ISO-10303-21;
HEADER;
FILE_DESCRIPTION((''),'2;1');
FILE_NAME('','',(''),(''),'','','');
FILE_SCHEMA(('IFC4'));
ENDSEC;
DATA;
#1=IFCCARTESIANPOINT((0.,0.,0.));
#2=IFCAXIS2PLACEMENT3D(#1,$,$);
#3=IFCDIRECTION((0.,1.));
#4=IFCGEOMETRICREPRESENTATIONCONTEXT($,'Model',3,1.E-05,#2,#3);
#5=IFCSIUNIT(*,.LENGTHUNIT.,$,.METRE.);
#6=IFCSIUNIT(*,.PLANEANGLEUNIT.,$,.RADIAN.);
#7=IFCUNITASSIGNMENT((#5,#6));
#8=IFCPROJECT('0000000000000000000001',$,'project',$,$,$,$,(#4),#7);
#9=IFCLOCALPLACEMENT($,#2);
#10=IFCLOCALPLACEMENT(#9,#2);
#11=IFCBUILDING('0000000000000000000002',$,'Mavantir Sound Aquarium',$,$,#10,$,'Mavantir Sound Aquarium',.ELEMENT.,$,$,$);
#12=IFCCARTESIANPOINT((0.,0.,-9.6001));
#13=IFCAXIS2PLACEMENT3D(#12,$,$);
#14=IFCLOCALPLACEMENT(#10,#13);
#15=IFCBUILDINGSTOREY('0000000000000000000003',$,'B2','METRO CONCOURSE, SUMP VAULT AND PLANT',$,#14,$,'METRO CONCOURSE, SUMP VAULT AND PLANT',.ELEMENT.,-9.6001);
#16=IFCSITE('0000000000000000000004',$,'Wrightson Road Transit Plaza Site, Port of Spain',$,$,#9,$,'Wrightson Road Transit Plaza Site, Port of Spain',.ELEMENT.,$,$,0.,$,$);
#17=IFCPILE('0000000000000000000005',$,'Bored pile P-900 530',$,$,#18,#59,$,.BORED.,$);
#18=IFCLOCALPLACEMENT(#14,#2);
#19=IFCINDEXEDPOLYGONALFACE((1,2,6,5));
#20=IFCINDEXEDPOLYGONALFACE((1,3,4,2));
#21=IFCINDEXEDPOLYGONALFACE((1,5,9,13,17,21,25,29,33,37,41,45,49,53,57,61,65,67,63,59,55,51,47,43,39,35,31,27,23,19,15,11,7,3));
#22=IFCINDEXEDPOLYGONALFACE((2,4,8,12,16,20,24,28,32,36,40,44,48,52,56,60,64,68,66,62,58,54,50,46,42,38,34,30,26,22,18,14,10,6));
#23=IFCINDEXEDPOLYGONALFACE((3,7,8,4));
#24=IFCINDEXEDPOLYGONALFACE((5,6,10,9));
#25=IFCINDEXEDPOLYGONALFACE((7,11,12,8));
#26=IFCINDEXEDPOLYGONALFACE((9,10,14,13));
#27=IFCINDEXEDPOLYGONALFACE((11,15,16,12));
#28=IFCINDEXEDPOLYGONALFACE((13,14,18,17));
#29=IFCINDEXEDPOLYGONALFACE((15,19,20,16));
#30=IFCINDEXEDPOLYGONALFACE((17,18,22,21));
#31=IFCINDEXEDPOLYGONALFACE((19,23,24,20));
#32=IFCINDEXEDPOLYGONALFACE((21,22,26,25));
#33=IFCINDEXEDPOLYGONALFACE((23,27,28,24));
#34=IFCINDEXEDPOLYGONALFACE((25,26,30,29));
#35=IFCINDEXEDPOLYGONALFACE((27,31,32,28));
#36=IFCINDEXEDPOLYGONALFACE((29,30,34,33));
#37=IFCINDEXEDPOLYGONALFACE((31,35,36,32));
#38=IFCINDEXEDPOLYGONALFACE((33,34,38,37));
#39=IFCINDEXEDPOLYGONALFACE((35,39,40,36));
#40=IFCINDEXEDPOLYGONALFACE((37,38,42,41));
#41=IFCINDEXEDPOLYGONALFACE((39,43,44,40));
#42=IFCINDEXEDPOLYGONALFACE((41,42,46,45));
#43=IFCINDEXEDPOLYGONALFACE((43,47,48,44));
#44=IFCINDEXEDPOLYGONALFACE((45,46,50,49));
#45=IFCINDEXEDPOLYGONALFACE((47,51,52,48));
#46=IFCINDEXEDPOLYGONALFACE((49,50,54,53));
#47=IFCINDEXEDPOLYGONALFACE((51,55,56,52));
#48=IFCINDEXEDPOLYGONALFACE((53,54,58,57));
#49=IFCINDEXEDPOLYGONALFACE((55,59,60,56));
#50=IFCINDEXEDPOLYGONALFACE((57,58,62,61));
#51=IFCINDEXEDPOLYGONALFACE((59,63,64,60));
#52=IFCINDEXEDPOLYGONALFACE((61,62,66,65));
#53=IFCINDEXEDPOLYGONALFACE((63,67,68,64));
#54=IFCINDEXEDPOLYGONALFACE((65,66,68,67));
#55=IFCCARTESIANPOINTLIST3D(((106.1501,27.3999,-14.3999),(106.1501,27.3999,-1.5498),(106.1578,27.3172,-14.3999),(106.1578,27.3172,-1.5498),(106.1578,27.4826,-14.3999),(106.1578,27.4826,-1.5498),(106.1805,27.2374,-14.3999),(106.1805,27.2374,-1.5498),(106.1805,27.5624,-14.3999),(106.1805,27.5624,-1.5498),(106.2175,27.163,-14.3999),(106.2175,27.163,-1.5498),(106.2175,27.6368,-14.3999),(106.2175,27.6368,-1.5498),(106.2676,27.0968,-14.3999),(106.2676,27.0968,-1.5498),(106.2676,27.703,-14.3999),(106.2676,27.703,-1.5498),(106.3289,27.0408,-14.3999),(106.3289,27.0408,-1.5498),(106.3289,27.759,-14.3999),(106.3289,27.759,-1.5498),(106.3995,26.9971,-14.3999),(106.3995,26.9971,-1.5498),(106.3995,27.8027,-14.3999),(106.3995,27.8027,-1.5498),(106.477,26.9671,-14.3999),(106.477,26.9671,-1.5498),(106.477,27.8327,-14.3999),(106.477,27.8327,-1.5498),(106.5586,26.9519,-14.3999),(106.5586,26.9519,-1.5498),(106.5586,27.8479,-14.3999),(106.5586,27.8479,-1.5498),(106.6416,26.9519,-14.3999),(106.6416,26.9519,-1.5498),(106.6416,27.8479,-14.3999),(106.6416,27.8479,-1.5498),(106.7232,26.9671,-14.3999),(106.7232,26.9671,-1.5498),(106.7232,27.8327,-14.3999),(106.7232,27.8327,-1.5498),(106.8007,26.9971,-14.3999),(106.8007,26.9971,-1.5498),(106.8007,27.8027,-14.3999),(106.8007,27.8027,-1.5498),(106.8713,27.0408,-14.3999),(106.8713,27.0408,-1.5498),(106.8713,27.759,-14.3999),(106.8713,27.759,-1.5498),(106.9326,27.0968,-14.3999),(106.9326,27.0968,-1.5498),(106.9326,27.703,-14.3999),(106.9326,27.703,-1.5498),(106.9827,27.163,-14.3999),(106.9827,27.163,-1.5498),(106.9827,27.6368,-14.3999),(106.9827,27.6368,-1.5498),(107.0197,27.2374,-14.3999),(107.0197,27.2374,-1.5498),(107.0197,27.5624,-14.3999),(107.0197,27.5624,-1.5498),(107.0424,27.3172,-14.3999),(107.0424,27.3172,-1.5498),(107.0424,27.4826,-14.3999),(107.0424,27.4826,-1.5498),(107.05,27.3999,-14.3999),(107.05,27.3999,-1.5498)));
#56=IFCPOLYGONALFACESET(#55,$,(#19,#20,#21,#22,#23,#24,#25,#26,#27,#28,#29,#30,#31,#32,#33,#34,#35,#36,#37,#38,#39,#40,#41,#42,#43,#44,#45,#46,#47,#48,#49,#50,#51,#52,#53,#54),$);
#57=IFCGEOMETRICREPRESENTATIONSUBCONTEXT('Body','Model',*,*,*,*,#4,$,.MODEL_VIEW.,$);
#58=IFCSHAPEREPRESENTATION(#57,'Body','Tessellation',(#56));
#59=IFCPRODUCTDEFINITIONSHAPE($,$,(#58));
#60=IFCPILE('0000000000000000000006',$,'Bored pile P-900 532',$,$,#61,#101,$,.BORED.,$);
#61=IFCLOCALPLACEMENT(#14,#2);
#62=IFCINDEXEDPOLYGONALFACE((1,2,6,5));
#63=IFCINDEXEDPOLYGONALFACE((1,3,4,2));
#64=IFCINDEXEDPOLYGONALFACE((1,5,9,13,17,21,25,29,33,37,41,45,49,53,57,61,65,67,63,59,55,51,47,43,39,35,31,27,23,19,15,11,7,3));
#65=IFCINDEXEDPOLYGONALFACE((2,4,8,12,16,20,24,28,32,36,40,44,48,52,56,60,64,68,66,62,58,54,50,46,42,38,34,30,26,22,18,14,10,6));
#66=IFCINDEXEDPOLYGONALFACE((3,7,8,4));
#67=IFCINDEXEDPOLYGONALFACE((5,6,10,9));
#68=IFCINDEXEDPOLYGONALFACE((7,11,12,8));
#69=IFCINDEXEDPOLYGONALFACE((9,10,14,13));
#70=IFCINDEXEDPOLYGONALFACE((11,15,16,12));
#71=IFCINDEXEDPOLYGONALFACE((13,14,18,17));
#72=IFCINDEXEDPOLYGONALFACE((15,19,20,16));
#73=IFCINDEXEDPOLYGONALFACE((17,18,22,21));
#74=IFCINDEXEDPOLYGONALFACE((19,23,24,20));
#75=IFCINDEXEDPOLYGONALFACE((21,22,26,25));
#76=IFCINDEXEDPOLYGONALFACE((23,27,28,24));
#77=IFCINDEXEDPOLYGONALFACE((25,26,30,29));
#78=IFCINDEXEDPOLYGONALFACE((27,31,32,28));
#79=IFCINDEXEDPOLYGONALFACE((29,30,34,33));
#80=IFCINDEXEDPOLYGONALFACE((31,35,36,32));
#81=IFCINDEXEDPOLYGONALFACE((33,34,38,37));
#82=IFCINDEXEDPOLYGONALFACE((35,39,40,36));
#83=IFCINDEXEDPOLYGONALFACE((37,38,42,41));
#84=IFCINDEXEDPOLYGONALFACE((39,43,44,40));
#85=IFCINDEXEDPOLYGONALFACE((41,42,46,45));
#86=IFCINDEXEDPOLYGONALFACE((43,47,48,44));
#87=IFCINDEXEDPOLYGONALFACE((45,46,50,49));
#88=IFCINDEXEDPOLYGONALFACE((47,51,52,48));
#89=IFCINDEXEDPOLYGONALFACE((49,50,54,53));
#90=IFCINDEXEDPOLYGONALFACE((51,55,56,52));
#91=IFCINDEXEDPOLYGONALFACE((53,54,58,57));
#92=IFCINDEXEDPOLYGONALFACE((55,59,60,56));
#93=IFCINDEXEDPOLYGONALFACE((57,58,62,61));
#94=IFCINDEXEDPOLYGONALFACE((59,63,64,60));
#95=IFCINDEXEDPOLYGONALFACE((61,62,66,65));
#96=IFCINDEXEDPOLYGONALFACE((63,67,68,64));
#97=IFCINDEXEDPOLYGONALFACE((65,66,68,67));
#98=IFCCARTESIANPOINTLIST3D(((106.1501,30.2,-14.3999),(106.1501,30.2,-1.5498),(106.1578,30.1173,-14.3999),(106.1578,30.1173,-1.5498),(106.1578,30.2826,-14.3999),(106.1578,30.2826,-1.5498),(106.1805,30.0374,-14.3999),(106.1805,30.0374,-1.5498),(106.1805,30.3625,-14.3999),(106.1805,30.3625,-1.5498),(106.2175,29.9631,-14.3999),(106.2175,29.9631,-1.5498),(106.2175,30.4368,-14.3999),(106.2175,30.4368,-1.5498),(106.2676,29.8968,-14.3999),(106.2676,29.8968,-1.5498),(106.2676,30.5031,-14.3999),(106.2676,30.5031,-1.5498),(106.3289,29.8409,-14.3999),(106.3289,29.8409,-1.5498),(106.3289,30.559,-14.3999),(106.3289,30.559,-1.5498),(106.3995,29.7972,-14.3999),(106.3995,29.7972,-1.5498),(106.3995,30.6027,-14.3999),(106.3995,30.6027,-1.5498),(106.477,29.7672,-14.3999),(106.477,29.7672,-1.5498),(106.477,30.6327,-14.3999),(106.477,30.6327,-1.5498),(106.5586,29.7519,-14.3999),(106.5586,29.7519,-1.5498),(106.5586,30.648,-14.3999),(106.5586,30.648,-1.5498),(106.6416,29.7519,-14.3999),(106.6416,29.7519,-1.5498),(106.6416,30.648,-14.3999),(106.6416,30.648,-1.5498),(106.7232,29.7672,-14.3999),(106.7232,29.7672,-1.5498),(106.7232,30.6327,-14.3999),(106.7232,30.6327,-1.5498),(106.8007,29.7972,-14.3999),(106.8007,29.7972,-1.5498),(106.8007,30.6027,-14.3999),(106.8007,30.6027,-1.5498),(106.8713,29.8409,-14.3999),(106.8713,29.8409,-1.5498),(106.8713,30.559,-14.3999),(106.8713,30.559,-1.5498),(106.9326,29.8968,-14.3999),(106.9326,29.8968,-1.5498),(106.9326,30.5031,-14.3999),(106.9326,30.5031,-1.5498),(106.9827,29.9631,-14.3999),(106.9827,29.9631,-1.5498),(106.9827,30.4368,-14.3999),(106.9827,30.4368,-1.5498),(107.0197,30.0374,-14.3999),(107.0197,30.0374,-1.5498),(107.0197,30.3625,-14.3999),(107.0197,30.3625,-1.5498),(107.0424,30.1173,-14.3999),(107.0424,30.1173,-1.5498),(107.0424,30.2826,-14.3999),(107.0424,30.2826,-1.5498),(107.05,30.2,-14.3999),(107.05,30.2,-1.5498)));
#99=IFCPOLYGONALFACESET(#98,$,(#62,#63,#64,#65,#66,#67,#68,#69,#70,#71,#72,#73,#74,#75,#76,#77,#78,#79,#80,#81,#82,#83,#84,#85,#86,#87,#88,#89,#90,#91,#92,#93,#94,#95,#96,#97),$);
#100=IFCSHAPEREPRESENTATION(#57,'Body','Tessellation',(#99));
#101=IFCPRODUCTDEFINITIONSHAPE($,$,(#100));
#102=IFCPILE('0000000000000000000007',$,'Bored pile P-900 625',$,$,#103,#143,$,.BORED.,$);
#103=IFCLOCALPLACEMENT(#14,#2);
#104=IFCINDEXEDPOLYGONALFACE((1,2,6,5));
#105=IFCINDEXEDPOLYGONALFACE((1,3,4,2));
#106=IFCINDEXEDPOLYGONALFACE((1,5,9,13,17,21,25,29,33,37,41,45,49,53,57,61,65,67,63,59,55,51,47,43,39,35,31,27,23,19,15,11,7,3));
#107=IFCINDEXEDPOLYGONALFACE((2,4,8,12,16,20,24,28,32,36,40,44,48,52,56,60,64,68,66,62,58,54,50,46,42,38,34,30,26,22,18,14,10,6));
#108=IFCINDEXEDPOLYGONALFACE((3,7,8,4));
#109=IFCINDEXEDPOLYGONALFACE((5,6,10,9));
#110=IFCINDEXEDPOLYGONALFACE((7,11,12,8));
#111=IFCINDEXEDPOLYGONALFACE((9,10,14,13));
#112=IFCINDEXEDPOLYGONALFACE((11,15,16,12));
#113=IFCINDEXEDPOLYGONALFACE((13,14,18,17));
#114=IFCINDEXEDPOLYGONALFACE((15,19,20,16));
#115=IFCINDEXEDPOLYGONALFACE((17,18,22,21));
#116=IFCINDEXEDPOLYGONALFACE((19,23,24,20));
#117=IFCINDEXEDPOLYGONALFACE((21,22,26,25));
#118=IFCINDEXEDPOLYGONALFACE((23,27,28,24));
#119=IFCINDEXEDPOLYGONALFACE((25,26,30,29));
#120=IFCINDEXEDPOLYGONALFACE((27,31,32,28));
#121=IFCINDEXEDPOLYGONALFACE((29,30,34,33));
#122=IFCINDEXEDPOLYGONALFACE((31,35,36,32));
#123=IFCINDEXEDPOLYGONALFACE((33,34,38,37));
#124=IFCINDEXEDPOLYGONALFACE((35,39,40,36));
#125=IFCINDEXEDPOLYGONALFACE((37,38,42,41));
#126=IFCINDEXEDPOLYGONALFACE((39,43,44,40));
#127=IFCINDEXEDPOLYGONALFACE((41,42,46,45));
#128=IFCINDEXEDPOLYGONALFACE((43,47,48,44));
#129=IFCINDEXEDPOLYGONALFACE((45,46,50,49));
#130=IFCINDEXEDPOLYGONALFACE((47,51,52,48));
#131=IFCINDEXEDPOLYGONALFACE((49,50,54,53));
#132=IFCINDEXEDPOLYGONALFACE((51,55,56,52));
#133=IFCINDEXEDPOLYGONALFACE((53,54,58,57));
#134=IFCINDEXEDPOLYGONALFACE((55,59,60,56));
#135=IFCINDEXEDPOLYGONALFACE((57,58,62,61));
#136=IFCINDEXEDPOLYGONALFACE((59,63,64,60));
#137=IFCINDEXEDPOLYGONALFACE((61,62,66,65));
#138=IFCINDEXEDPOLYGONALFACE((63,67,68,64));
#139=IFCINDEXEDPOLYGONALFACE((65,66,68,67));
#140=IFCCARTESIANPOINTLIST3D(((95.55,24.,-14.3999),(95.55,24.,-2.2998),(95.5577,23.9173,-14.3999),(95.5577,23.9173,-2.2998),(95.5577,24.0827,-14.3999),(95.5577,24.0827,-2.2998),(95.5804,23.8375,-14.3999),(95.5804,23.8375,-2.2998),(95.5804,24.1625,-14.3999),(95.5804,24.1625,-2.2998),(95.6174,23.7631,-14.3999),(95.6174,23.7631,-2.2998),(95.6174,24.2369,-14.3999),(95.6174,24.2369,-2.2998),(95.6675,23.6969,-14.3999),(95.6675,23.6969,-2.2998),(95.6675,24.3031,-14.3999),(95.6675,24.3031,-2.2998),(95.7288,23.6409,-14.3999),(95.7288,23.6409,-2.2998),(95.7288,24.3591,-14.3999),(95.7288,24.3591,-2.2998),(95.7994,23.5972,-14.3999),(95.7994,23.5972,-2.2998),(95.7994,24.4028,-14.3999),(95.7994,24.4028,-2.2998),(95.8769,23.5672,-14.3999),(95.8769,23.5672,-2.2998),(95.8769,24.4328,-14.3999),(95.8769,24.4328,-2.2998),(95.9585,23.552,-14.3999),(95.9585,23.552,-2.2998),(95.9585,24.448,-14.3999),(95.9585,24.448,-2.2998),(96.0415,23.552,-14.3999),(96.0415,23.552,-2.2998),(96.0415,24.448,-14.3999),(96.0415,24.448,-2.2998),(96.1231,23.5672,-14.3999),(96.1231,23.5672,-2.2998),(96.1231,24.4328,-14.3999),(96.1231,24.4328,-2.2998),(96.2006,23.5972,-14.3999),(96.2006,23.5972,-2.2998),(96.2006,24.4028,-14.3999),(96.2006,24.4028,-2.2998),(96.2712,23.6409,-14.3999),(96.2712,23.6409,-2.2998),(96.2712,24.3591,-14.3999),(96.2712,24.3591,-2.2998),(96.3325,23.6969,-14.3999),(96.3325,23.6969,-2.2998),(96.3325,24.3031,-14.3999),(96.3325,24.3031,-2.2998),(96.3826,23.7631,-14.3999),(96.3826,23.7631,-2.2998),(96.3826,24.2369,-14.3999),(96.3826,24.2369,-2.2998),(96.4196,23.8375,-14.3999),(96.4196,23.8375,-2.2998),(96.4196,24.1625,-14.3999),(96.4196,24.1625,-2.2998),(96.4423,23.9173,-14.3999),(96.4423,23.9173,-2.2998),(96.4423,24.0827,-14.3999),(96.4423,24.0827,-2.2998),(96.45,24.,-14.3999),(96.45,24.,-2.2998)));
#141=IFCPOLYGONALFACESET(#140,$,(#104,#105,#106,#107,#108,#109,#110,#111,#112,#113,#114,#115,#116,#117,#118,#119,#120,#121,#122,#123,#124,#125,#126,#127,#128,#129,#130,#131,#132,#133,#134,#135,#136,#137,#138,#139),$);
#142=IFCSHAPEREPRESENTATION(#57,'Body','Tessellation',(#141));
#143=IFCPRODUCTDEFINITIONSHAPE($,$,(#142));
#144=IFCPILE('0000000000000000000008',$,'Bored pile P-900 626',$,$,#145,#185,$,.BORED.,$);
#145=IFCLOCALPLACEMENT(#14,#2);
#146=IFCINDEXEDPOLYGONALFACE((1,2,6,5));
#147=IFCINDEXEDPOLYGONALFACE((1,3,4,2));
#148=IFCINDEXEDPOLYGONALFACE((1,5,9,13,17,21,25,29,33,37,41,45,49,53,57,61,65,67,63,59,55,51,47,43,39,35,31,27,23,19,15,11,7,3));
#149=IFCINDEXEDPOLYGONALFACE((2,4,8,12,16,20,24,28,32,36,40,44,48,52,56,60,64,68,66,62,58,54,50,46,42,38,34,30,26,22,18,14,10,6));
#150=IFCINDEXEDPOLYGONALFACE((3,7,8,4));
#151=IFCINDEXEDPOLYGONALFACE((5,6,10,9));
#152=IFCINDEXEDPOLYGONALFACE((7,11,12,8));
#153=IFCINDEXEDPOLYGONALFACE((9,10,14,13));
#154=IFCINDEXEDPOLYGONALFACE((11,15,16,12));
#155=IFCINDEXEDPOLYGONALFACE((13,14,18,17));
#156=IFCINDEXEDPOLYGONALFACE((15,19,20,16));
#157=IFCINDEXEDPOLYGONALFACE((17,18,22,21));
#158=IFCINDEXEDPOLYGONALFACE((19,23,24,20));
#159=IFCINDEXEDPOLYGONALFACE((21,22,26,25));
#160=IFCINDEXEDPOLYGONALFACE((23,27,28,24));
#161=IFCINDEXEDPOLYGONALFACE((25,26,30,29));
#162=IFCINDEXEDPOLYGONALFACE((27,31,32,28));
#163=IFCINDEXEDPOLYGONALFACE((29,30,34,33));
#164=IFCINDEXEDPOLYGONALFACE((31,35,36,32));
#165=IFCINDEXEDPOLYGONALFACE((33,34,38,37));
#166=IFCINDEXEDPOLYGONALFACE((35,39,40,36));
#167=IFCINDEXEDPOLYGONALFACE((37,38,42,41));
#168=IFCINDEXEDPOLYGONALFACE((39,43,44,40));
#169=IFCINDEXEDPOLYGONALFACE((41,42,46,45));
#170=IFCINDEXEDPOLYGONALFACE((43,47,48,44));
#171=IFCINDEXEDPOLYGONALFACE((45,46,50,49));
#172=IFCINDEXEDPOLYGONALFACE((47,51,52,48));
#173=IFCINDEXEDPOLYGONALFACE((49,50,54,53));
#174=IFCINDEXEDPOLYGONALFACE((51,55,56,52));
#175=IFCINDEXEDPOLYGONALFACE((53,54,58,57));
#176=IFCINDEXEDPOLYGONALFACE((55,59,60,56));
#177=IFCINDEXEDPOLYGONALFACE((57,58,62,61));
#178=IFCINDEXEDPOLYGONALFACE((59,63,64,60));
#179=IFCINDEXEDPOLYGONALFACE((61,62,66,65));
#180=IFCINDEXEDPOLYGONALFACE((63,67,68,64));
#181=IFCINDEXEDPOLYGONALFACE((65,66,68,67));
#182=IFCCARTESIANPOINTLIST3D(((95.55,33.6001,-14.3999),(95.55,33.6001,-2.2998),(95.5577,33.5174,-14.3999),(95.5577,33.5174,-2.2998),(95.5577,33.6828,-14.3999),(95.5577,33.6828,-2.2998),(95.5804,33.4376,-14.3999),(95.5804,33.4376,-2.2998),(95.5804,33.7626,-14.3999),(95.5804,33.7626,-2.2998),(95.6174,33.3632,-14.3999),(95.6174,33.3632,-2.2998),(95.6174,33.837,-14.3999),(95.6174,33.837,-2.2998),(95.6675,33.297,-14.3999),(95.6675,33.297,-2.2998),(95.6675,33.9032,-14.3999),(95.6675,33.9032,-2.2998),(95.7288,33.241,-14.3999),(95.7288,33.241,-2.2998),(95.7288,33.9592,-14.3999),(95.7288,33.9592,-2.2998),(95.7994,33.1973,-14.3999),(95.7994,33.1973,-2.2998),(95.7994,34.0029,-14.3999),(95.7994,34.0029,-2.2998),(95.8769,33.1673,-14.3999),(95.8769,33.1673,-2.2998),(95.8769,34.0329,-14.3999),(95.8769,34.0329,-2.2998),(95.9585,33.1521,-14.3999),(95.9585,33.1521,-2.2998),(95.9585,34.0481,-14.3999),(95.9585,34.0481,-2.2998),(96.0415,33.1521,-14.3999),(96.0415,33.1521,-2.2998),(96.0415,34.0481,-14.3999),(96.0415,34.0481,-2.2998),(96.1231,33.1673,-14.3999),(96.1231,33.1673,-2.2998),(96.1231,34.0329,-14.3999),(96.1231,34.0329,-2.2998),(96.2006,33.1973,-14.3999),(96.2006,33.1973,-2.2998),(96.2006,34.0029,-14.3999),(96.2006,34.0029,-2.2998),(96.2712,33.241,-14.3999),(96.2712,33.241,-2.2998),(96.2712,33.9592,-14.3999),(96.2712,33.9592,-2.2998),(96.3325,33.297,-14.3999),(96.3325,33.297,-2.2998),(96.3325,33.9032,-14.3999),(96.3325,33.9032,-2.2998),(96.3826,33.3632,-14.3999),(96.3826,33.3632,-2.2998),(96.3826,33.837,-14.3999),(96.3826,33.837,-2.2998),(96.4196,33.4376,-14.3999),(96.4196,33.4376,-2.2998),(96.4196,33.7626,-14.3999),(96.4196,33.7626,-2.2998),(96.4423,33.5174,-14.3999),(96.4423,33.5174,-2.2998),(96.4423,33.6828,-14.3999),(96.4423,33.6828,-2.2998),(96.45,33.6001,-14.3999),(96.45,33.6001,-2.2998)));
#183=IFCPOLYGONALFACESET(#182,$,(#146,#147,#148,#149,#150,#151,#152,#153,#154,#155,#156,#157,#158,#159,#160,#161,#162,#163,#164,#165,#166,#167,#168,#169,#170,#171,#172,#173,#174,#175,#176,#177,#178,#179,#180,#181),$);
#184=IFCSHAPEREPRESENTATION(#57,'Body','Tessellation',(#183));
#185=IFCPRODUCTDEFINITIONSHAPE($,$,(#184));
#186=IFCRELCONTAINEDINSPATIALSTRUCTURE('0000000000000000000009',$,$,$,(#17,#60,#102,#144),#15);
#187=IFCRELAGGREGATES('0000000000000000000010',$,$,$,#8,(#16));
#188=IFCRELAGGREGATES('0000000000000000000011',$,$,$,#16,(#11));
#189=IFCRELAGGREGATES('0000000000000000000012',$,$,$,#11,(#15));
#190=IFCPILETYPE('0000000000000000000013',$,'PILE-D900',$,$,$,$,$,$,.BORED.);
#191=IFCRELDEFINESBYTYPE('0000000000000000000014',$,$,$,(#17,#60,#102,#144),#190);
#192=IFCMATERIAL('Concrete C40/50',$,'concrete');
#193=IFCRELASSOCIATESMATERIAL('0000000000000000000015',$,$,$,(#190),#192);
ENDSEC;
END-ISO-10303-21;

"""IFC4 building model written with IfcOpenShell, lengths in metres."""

from ifc_helpers import new_model, si_unit, direction, frame, origin, origin_2d, place, context, subcontext, project, spatial, circle, extrude, material, material_profile, profile_set, type_object, element, save


model = new_model("IFC4")

# Units and contexts
model_context = context("Model", 3, precision=1e-05, world=origin(), true_north=direction((0.0, 1.0)))
body_context = subcontext(model_context, "Body", "Model", "MODEL_VIEW")
ifc_project = project(units=[si_unit("LENGTHUNIT", "METRE"), si_unit("PLANEANGLEUNIT", "RADIAN")], contexts=[model_context])

# Site, building, storey
site_placement = place(None, origin())
site = spatial("IfcSite", under=ifc_project, at=site_placement, Name="Wrightson Road Transit Plaza Site, Port of Spain", LongName="Wrightson Road Transit Plaza Site, Port of Spain", CompositionType="ELEMENT", RefElevation=0.0)
building_placement = place(site_placement, origin())
building = spatial("IfcBuilding", under=site, at=building_placement, Name="Mavantir Sound Aquarium", LongName="Mavantir Sound Aquarium", CompositionType="ELEMENT")
storey_placement = place(building_placement, frame((0.0, 0.0, -9.6001)))
storey = spatial("IfcBuildingStorey", under=building, at=storey_placement, Name="B2", Description="METRO CONCOURSE, SUMP VAULT AND PLANT", LongName="METRO CONCOURSE, SUMP VAULT AND PLANT", CompositionType="ELEMENT", Elevation=-9.6001)

# Shared definitions
ifc_material_1 = material(Name="Concrete C40/50", Category="concrete")

# Piles
ifc_material_profile_1 = material_profile(ifc_material_1, circle(Radius=0.45, at=origin_2d()), Name="PILE D900")
ifc_profile_set_1 = profile_set([ifc_material_profile_1], Name="Concrete C40/50")
pile_type = type_object("IfcPileType", Name="PILE-D900", PredefinedType="BORED", material=ifc_profile_set_1)
for number, where, z_axis, x_axis, name in (
    (1, (106.6001, 27.3999, -1.5498), (0.0, 0.0, -1.0), (1.0, 0.0, 0.0), "Bored pile P-900 530"),
    (2, (106.6001, 30.2, -1.5498), (0.0, 0.0, -1.0), (1.0, 0.0, 0.0), "Bored pile P-900 532"),
):
    element("IfcPile", number, at=place(storey_placement, frame(where, z_axis=z_axis, x_axis=x_axis)), inside=storey, type_object=pile_type, Name=name, PredefinedType="BORED", context=body_context, shape_type="SweptSolid", body=[
        extrude(circle(Radius=0.45, at=origin_2d()), origin(), (0.0, 0.0, 1.0), 12.8501),
    ])
for number, where, z_axis, x_axis, name in (
    (3, (96.0, 24.0, -2.2998), (0.0, 0.0, -1.0), (1.0, 0.0, 0.0), "Bored pile P-900 625"),
    (4, (96.0, 33.6001, -2.2998), (0.0, 0.0, -1.0), (1.0, 0.0, 0.0), "Bored pile P-900 626"),
):
    element("IfcPile", number, at=place(storey_placement, frame(where, z_axis=z_axis, x_axis=x_axis)), inside=storey, type_object=pile_type, Name=name, PredefinedType="BORED", context=body_context, shape_type="SweptSolid", body=[
        extrude(circle(Radius=0.45, at=origin_2d()), origin(), (0.0, 0.0, 1.0), 12.1001),
    ])

save(model, "model.ifc")
